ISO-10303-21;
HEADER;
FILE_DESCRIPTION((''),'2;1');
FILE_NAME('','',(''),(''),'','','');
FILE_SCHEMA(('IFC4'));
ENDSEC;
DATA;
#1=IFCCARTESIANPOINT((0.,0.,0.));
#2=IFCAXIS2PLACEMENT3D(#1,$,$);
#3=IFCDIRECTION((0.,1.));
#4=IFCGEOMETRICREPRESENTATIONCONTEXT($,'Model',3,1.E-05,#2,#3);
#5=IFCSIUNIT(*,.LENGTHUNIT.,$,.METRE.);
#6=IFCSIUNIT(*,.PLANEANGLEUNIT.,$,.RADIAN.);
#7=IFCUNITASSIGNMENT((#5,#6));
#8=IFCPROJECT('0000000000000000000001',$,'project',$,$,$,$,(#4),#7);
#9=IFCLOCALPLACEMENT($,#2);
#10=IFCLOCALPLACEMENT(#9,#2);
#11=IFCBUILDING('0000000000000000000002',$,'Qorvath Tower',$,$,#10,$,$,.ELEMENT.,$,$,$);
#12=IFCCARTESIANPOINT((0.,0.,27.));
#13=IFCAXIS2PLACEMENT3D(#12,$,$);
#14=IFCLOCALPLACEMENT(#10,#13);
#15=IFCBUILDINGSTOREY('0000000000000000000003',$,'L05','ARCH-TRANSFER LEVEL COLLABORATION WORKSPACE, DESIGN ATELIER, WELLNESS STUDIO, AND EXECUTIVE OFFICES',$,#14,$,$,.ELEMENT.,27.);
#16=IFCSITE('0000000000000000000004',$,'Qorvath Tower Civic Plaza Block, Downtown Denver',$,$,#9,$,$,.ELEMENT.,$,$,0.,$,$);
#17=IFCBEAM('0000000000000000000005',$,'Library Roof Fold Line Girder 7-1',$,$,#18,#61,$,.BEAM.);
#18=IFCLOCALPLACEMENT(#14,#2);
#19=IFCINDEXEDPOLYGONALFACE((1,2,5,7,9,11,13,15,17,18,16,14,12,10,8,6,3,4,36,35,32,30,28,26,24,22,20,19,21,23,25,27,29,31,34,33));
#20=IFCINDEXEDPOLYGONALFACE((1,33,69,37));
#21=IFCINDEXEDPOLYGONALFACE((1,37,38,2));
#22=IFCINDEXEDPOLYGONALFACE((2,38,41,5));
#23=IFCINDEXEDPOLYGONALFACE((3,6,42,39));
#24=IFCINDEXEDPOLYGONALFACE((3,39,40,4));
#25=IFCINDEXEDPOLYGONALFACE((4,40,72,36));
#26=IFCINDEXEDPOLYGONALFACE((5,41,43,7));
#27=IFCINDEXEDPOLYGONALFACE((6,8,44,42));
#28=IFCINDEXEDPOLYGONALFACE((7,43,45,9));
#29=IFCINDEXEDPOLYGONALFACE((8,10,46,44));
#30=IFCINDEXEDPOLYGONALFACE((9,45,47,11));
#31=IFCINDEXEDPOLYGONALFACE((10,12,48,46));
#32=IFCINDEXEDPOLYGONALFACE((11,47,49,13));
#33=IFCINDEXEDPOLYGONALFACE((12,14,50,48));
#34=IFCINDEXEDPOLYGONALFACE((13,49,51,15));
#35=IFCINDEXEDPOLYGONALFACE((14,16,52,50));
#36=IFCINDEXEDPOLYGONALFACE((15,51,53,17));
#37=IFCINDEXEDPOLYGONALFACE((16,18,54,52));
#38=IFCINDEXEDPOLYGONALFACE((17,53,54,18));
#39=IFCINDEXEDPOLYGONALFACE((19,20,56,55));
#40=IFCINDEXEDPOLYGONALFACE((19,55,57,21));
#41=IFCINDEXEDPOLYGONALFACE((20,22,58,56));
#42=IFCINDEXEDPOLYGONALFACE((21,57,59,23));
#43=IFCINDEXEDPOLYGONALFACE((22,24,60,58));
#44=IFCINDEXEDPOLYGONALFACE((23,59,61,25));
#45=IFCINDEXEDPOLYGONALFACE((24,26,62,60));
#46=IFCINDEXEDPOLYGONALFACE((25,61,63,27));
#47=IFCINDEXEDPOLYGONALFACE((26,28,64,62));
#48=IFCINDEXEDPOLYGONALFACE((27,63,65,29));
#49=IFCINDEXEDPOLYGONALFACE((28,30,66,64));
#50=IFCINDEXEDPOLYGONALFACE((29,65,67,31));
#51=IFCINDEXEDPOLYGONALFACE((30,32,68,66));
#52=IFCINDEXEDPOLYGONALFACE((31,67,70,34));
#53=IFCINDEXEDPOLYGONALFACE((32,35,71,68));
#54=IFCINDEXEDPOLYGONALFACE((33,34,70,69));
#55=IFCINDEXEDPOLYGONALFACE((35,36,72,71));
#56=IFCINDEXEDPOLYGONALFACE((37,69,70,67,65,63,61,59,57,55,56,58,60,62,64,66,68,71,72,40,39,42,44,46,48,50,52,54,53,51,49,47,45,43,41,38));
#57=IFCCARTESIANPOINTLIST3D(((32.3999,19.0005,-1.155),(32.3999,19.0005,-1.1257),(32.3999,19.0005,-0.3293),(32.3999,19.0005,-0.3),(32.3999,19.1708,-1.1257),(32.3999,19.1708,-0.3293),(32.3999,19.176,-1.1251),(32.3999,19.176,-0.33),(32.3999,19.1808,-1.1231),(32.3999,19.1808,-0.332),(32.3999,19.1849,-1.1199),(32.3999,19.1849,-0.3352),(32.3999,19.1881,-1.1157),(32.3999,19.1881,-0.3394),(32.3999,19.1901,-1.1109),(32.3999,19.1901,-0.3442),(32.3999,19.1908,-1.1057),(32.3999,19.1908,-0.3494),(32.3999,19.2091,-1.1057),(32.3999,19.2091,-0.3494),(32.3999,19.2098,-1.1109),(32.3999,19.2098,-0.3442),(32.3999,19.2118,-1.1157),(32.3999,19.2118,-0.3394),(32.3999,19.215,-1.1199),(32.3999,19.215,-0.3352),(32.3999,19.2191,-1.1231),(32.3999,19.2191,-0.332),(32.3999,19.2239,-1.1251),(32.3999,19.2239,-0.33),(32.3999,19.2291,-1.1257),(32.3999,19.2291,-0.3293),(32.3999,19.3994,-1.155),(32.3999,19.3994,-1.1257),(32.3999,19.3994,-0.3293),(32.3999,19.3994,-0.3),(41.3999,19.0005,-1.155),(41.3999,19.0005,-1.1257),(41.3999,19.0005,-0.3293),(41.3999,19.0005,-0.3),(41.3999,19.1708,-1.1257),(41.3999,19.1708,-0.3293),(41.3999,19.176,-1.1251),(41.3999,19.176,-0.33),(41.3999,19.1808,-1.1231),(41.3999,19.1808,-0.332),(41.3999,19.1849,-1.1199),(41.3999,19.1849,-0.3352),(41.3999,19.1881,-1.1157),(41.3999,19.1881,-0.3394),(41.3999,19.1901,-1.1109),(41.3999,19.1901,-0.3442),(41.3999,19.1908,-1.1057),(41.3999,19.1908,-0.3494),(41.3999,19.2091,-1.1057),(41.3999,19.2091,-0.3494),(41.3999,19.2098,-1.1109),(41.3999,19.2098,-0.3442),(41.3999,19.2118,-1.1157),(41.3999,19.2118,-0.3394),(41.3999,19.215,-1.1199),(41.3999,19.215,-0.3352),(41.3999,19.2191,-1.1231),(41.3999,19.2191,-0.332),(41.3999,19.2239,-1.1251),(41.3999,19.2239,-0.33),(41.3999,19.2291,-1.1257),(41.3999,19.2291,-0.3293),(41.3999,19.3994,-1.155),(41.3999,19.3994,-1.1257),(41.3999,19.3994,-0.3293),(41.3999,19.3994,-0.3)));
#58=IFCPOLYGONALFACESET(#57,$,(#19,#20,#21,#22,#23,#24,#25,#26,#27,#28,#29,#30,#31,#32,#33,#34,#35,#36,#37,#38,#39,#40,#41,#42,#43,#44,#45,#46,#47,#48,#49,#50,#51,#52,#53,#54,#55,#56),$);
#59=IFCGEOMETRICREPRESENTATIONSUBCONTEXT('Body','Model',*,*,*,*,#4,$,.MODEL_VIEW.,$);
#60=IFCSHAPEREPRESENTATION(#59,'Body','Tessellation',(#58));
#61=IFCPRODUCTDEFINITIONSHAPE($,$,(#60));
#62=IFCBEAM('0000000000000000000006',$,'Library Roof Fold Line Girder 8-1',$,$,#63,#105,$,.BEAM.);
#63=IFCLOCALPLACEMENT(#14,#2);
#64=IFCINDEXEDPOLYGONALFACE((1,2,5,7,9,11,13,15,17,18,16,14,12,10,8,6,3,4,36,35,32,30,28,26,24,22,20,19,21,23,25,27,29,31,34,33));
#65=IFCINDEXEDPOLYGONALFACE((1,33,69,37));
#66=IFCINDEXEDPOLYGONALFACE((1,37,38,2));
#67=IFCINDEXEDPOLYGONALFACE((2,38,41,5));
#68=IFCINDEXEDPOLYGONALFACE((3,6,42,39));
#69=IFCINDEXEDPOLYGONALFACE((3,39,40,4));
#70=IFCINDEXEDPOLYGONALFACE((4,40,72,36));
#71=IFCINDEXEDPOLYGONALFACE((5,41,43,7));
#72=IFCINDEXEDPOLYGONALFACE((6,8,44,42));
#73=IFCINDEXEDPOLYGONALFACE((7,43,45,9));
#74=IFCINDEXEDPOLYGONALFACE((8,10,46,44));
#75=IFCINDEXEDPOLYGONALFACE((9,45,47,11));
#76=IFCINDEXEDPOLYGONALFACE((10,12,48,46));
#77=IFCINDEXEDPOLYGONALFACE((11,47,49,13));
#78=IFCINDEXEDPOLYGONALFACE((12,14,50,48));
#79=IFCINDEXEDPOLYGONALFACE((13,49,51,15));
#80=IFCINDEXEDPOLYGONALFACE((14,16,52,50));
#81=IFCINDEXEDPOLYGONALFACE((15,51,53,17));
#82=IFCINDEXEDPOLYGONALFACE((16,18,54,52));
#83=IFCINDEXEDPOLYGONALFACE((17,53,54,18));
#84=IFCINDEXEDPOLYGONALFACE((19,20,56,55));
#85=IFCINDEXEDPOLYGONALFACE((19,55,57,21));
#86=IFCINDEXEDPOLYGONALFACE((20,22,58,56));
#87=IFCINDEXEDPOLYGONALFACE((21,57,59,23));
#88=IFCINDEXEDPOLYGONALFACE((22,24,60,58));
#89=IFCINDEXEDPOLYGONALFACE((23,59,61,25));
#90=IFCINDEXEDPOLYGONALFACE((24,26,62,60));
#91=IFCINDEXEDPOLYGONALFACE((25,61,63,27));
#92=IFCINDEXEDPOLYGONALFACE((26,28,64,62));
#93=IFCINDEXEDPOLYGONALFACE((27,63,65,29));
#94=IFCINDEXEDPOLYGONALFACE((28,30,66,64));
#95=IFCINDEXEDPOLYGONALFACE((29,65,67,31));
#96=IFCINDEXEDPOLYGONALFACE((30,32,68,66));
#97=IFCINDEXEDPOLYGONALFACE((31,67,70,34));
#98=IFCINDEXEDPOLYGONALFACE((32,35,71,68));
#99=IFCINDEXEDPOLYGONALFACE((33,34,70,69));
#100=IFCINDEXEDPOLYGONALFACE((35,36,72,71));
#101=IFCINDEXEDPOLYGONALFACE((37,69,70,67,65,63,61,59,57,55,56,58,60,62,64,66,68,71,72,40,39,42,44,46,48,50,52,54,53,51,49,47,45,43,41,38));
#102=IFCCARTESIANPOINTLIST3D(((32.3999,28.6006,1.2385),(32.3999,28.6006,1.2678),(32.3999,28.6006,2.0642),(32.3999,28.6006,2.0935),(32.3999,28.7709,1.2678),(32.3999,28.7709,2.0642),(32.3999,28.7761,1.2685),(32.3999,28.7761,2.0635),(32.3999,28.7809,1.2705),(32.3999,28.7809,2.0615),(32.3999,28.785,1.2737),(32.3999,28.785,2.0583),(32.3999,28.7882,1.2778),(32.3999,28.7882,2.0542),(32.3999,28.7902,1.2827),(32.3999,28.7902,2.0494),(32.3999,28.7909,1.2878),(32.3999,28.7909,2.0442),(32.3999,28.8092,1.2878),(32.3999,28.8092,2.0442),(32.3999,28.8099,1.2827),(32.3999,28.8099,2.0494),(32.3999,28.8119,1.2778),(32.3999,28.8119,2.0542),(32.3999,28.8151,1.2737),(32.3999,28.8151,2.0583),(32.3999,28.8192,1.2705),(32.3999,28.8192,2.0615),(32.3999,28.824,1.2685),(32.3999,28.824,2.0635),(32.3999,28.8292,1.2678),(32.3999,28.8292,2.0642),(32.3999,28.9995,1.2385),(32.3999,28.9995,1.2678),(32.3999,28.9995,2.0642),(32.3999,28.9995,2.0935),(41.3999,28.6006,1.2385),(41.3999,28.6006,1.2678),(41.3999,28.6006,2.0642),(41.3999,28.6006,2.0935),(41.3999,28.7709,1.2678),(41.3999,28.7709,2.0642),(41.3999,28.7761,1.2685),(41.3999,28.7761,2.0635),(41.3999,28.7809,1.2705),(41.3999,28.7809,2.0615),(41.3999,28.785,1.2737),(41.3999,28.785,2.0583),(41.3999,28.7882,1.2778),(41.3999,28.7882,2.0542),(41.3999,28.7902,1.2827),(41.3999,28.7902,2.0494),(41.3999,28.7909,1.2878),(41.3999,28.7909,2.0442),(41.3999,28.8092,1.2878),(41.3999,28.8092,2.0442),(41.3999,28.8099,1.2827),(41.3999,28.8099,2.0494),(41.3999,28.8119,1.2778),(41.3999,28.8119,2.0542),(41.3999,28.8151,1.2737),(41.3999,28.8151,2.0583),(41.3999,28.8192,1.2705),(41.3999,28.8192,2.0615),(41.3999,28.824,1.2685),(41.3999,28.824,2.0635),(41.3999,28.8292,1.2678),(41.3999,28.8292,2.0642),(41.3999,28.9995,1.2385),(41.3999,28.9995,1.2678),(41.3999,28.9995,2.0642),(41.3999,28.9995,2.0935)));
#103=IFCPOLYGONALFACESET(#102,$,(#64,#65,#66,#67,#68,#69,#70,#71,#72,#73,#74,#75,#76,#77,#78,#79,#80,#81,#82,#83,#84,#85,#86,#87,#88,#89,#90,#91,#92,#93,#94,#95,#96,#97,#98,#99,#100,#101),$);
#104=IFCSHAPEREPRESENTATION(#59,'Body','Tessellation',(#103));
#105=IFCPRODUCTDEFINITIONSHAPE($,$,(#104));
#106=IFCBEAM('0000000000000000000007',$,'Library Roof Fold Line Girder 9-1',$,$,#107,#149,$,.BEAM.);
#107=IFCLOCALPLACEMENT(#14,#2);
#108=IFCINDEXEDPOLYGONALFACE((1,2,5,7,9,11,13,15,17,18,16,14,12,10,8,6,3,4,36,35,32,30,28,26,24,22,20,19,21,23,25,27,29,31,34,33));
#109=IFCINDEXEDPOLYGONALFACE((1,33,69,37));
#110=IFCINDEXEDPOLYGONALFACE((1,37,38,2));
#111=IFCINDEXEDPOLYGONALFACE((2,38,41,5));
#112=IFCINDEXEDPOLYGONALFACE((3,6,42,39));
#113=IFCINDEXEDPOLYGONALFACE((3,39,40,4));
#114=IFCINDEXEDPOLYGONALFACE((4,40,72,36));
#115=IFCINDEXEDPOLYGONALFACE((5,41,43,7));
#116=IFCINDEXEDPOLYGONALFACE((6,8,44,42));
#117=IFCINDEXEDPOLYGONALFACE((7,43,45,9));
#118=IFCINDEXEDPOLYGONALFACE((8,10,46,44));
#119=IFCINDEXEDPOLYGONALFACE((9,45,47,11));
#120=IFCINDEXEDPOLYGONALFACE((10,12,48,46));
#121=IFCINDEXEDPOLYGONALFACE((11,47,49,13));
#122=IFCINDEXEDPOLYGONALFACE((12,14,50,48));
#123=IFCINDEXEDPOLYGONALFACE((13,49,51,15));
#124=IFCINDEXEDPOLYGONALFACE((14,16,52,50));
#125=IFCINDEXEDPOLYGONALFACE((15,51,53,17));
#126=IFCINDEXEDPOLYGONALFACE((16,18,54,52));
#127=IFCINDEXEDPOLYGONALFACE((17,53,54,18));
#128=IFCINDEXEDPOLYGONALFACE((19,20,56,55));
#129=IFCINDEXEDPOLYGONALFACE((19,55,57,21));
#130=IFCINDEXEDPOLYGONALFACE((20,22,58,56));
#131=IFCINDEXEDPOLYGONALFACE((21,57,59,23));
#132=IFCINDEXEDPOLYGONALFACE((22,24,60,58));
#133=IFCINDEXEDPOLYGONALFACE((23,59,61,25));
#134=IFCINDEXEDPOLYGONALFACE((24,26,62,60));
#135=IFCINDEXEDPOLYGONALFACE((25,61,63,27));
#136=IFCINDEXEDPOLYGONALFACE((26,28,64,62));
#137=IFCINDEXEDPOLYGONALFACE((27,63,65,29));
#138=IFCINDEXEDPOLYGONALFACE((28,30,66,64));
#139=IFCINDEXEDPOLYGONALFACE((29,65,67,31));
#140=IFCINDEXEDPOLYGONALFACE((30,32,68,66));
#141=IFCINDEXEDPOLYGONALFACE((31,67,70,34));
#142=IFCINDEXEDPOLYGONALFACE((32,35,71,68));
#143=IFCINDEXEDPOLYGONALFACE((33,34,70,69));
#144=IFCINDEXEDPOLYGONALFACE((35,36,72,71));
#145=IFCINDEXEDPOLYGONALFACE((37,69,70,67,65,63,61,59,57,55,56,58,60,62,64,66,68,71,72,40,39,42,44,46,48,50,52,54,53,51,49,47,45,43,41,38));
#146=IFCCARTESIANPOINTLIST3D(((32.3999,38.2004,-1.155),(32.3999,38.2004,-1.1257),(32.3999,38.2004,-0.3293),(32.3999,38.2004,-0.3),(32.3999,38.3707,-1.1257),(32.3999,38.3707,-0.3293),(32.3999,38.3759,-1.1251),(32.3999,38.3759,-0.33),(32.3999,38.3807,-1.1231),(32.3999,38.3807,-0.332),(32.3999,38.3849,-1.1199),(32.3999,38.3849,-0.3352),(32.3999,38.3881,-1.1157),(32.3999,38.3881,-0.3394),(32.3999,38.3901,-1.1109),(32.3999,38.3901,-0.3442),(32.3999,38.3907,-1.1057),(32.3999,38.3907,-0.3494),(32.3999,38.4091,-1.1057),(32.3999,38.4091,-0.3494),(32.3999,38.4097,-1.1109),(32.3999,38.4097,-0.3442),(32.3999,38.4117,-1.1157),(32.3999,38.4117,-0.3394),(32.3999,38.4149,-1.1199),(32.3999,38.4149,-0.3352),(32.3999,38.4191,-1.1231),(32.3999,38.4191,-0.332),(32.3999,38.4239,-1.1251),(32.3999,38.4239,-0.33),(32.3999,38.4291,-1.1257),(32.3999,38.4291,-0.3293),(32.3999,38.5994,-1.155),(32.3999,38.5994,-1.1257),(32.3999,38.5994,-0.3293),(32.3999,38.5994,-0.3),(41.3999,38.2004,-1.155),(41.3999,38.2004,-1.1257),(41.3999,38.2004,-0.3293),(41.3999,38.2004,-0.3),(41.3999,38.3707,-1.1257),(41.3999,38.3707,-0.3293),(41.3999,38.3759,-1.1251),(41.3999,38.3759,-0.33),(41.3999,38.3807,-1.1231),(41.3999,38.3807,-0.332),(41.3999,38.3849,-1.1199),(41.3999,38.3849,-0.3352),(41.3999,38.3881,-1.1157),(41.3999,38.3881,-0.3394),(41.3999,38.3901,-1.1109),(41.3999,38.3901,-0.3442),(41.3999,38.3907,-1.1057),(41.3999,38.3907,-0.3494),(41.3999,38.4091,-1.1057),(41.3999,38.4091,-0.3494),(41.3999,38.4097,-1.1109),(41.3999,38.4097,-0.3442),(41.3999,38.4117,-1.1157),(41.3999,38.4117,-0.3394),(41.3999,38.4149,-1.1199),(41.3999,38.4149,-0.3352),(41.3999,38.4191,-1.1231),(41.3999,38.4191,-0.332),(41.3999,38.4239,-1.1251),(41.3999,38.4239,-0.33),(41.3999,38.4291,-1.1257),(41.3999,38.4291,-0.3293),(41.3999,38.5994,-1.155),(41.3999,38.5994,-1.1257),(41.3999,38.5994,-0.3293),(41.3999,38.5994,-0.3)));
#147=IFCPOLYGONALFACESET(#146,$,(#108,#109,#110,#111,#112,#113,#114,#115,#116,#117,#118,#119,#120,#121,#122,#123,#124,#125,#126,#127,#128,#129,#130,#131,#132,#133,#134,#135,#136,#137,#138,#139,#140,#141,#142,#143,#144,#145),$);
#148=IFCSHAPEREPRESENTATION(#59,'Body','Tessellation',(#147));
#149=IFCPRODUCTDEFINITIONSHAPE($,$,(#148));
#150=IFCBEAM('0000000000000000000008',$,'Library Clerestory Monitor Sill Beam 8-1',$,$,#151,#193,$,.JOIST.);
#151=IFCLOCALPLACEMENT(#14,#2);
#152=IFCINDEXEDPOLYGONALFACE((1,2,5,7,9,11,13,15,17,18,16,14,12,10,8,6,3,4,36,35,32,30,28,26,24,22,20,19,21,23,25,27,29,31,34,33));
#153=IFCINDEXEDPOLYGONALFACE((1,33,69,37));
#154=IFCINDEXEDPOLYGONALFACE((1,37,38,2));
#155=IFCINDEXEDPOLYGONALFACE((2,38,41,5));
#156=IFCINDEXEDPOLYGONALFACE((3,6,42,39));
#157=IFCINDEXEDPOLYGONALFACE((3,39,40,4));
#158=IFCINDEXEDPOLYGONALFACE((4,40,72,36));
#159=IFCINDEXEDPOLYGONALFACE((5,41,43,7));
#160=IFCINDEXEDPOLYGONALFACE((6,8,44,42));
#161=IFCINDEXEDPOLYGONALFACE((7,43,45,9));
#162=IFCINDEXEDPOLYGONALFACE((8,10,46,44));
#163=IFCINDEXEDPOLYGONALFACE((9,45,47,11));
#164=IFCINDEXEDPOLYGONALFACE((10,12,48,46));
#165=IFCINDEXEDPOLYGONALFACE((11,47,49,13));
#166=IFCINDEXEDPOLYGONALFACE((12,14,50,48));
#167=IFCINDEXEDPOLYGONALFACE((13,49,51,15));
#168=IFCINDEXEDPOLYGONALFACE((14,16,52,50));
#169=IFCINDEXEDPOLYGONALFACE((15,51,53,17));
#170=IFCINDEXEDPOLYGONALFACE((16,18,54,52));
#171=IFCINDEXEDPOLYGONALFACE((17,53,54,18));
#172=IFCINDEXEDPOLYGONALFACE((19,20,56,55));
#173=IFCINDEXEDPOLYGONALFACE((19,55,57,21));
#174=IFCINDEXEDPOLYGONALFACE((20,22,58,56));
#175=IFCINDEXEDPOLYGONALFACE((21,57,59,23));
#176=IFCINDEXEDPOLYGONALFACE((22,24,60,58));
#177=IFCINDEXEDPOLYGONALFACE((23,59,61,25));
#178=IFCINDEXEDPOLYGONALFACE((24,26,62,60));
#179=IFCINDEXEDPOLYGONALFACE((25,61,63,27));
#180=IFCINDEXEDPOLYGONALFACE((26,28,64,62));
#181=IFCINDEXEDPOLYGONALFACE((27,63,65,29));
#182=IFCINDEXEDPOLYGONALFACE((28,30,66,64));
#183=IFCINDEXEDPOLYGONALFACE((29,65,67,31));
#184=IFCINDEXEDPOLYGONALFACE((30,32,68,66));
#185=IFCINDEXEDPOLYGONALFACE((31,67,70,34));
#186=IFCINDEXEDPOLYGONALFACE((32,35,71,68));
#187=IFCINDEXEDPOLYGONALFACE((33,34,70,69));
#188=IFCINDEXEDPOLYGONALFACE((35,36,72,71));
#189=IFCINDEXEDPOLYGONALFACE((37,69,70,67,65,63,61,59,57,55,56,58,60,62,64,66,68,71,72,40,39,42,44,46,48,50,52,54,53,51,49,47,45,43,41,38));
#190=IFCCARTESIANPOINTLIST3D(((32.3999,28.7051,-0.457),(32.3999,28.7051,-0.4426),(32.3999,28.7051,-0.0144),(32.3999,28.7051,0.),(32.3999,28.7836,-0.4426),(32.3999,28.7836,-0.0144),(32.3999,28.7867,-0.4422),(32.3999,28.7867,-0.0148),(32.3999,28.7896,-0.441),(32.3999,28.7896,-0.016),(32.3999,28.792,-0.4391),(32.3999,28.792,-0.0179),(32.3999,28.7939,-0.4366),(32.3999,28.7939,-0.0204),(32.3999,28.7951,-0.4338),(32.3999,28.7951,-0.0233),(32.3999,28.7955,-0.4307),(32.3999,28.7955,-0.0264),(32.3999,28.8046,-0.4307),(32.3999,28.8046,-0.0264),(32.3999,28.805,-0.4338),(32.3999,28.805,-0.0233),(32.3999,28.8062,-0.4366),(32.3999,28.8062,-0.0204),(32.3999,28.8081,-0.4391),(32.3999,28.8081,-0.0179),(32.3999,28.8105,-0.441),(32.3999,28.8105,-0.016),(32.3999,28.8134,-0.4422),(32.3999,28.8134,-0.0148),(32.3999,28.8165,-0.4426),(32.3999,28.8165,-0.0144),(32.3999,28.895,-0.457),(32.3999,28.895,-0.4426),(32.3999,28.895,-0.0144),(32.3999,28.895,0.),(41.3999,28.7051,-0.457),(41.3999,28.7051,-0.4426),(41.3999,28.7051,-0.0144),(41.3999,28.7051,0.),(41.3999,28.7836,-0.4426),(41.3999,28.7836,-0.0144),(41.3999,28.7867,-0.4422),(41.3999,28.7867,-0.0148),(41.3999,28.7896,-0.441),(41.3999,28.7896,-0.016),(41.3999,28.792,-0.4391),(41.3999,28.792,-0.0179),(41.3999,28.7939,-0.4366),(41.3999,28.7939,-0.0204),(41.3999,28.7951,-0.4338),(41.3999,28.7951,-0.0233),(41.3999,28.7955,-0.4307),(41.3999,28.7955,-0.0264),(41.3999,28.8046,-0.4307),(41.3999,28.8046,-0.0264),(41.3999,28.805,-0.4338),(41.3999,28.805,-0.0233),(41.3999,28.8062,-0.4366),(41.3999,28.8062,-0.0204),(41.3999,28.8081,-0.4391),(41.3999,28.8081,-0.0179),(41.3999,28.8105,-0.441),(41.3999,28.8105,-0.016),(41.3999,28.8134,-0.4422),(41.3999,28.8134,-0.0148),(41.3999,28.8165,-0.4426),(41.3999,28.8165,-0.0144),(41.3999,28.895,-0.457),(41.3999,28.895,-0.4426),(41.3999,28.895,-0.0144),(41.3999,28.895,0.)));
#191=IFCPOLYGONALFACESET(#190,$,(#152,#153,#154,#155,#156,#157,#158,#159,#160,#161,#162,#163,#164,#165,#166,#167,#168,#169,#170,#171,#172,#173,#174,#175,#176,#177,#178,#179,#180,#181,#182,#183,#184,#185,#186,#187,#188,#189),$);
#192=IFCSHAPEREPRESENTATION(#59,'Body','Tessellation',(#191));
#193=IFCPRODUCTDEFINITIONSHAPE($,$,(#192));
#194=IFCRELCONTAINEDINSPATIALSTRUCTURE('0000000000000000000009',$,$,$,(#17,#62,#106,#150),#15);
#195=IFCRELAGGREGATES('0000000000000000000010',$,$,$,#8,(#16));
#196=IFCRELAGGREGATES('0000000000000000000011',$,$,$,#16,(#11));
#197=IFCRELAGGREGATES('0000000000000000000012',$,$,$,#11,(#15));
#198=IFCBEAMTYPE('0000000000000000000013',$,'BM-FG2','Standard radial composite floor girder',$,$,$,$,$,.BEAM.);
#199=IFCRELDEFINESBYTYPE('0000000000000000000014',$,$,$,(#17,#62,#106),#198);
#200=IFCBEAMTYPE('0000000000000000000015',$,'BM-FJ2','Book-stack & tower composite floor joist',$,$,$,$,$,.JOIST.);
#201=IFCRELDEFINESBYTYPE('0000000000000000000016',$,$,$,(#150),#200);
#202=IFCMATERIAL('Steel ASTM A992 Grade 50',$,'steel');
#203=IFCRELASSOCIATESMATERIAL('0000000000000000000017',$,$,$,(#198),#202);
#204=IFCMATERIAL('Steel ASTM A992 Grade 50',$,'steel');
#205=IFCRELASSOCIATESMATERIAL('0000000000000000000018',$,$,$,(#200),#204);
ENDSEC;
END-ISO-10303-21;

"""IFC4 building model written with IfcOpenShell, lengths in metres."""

from ifc_helpers import new_model, si_unit, direction, frame, origin, origin_2d, place, context, subcontext, project, spatial, i_section, extrude, material, material_profile, profile_set, type_object, element, save


model = new_model("IFC4")

# Units and contexts
model_context = context("Model", 3, precision=1e-05, world=origin(), true_north=direction((0.0, 1.0)))
body_context = subcontext(model_context, "Body", "Model", "MODEL_VIEW")
ifc_project = project(units=[si_unit("LENGTHUNIT", "METRE"), si_unit("PLANEANGLEUNIT", "RADIAN")], contexts=[model_context])

# Site, building, storey
site_placement = place(None, origin())
site = spatial("IfcSite", under=ifc_project, at=site_placement, Name="Qorvath Tower Civic Plaza Block, Downtown Denver", CompositionType="ELEMENT", RefElevation=0.0)
building_placement = place(site_placement, origin())
building = spatial("IfcBuilding", under=site, at=building_placement, Name="Qorvath Tower", CompositionType="ELEMENT")
storey_placement = place(building_placement, frame((0.0, 0.0, 27.0)))
storey = spatial("IfcBuildingStorey", under=building, at=storey_placement, Name="L05", Description="ARCH-TRANSFER LEVEL COLLABORATION WORKSPACE, DESIGN ATELIER, WELLNESS STUDIO, AND EXECUTIVE OFFICES", CompositionType="ELEMENT", Elevation=27.0)

# Beams
ifc_material_1 = material(Name="Steel ASTM A992 Grade 50", Category="steel")
ifc_material_profile_1 = material_profile(ifc_material_1, i_section(OverallWidth=0.3989, OverallDepth=0.855, WebThickness=0.0183, FlangeThickness=0.0293, FilletRadius=0.02, at=origin_2d()), Name="W33x201")
ifc_profile_set_1 = profile_set([ifc_material_profile_1], Name="Steel ASTM A992 Grade 50")
beam_type_1 = type_object("IfcBeamType", Name="BM-FG2", Description="Standard radial composite floor girder", PredefinedType="BEAM", material=ifc_profile_set_1)
for number, where, z_axis, x_axis, name in (
    (1, (32.3999, 19.2, -0.7275), (1.0, 0.0, 0.0), (0.0, 1.0, 0.0), "Library Roof Fold Line Girder 7-1"),
    (2, (32.3999, 28.8, 1.666), (1.0, 0.0, 0.0), (0.0, 1.0, 0.0), "Library Roof Fold Line Girder 8-1"),
    (3, (32.3999, 38.3999, -0.7275), (1.0, 0.0, 0.0), (0.0, 1.0, 0.0), "Library Roof Fold Line Girder 9-1"),
):
    element("IfcBeam", number, at=place(storey_placement, frame(where, z_axis=z_axis, x_axis=x_axis)), inside=storey, type_object=beam_type_1, Name=name, PredefinedType="BEAM", context=body_context, shape_type="SweptSolid", body=[
        extrude(i_section(OverallWidth=0.3989, OverallDepth=0.855, WebThickness=0.0183, FlangeThickness=0.0293, FilletRadius=0.02, at=origin_2d()), origin(), (0.0, 0.0, 1.0), 9.0),
    ])
ifc_material_2 = material(Name="Steel ASTM A992 Grade 50", Category="steel")
ifc_material_profile_2 = material_profile(ifc_material_2, i_section(OverallWidth=0.1899, OverallDepth=0.457, WebThickness=0.009, FlangeThickness=0.0144, FilletRadius=0.012, at=origin_2d()), Name="W18x50")
ifc_profile_set_2 = profile_set([ifc_material_profile_2], Name="Steel ASTM A992 Grade 50")
beam_type_2 = type_object("IfcBeamType", Name="BM-FJ2", Description="Book-stack & tower composite floor joist", PredefinedType="JOIST", material=ifc_profile_set_2)
beam_placement = place(storey_placement, frame((32.3999, 28.8, -0.2285), z_axis=(1.0, 0.0, 0.0), x_axis=(0.0, 1.0, 0.0)))
element("IfcBeam", 4, at=beam_placement, inside=storey, type_object=beam_type_2, Name="Library Clerestory Monitor Sill Beam 8-1", PredefinedType="JOIST", context=body_context, shape_type="SweptSolid", body=[
    extrude(i_section(OverallWidth=0.1899, OverallDepth=0.457, WebThickness=0.009, FlangeThickness=0.0144, FilletRadius=0.012, at=origin_2d()), origin(), (0.0, 0.0, 1.0), 9.0),
])

save(model, "model.ifc")
